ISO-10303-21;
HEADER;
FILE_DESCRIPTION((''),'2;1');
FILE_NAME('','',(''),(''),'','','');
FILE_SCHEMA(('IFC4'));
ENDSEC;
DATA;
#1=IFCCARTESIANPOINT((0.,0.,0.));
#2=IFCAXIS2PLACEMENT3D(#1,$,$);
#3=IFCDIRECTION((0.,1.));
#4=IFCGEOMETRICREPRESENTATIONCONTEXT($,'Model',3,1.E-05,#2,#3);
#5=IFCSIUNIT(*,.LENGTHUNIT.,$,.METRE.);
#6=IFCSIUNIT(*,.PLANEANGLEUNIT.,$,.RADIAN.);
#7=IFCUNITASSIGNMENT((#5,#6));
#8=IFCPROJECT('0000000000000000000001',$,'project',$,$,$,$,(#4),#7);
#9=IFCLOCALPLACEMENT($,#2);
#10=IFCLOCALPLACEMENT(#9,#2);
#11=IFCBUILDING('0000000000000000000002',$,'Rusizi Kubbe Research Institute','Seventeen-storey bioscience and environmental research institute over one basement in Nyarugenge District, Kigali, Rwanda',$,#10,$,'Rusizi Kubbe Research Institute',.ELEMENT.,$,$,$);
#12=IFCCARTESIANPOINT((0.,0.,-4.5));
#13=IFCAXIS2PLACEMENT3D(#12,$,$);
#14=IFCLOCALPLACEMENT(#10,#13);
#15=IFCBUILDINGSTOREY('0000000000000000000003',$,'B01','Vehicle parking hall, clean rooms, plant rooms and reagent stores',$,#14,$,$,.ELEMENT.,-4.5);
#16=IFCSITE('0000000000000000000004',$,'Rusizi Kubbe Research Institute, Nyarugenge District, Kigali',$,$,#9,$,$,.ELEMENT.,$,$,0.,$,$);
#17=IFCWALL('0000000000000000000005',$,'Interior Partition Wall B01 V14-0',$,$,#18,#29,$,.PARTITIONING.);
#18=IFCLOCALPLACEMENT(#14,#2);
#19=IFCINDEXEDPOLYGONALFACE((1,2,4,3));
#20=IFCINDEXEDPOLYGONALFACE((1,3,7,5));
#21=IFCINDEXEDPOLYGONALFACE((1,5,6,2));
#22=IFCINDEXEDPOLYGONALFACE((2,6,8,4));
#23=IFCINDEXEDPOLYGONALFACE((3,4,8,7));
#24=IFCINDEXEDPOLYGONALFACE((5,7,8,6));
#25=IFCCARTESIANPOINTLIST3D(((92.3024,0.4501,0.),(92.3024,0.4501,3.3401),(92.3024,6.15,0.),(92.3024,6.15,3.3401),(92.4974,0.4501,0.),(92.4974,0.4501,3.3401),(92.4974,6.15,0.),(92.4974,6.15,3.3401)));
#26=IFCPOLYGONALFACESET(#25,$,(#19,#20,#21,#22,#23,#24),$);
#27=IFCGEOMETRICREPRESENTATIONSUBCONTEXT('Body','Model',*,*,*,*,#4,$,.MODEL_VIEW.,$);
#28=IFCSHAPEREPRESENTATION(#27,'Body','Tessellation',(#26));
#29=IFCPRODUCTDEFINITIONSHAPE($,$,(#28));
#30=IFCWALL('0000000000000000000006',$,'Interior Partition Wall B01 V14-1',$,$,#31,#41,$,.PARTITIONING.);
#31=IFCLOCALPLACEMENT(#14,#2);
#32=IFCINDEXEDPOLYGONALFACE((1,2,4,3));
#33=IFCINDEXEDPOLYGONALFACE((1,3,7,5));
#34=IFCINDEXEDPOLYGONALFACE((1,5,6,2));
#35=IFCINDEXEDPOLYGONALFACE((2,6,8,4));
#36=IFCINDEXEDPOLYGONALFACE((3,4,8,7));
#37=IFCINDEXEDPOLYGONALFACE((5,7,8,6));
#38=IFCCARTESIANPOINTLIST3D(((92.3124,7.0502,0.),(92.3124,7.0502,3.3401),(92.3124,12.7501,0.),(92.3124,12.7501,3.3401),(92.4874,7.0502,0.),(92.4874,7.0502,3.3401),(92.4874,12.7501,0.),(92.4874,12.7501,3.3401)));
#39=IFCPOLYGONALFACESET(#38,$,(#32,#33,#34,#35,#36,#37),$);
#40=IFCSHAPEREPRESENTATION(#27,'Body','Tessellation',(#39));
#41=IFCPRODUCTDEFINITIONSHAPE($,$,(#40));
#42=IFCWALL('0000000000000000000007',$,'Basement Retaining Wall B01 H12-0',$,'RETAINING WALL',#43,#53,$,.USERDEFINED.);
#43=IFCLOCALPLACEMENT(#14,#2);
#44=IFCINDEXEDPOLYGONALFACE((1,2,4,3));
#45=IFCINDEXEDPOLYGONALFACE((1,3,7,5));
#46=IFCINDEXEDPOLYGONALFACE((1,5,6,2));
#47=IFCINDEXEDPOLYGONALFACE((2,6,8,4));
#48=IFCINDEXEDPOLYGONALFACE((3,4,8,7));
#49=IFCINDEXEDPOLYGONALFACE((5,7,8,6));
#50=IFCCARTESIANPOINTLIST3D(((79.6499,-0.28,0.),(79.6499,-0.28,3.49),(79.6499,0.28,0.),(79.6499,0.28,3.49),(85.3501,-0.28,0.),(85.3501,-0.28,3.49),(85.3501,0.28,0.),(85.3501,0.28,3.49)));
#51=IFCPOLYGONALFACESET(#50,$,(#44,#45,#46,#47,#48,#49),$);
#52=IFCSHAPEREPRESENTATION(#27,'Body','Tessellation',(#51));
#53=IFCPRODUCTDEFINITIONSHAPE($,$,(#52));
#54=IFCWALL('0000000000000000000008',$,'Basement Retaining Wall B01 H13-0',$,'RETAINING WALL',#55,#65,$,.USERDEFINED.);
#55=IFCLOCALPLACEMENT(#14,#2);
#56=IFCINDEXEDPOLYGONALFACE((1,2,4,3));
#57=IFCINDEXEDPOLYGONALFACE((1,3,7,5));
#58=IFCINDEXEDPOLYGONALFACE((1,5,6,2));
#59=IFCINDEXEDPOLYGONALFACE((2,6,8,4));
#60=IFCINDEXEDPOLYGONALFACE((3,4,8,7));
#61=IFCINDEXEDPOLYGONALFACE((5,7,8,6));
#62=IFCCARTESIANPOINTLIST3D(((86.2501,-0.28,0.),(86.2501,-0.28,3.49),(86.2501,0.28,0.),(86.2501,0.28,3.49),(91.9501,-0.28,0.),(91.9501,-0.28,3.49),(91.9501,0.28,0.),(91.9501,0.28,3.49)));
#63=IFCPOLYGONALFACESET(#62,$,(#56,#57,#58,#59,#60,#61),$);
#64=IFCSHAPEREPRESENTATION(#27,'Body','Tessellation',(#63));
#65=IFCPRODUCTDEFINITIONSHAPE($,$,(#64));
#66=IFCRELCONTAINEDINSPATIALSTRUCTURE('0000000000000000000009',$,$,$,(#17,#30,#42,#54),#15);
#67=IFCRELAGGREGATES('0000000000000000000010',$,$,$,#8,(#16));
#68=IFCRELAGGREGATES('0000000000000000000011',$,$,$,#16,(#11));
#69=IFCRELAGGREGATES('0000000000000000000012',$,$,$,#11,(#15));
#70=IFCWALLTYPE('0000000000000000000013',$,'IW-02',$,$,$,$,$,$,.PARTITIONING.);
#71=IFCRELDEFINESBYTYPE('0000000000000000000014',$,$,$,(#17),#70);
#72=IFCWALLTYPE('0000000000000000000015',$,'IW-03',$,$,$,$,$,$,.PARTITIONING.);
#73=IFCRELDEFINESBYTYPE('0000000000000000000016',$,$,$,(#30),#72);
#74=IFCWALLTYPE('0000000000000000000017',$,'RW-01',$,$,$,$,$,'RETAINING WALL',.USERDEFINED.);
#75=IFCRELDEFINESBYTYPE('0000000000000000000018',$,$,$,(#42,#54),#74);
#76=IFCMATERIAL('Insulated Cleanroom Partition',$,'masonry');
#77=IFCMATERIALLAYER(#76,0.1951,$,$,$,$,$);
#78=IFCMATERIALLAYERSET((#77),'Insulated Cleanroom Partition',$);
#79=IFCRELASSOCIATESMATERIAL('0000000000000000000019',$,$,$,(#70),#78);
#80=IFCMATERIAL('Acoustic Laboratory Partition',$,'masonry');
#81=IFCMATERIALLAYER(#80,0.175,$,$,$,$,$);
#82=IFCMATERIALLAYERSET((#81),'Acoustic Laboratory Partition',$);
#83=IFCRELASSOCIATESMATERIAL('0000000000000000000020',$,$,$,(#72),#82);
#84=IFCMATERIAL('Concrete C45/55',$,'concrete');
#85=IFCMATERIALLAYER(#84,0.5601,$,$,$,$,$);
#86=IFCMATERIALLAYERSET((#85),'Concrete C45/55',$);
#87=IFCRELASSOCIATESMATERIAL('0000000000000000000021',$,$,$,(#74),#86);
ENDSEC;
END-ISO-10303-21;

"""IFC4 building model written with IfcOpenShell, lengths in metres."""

from ifc_helpers import new_model, si_unit, direction, frame, frame_2d, origin, place, context, subcontext, project, spatial, rectangle, extrude, material, layer, layer_set, type_object, element, save


model = new_model("IFC4")

# Units and contexts
model_context = context("Model", 3, precision=1e-05, world=origin(), true_north=direction((0.0, 1.0)))
body_context = subcontext(model_context, "Body", "Model", "MODEL_VIEW")
ifc_project = project(units=[si_unit("LENGTHUNIT", "METRE"), si_unit("PLANEANGLEUNIT", "RADIAN")], contexts=[model_context])

# Site, building, storey
site_placement = place(None, origin())
site = spatial("IfcSite", under=ifc_project, at=site_placement, Name="Rusizi Kubbe Research Institute, Nyarugenge District, Kigali", CompositionType="ELEMENT", RefElevation=0.0)
building_placement = place(site_placement, origin())
building = spatial("IfcBuilding", under=site, at=building_placement, Name="Rusizi Kubbe Research Institute", Description="Seventeen-storey bioscience and environmental research institute over one basement in Nyarugenge District, Kigali, Rwanda", LongName="Rusizi Kubbe Research Institute", CompositionType="ELEMENT")
storey_placement = place(building_placement, frame((0.0, 0.0, -4.5)))
storey = spatial("IfcBuildingStorey", under=building, at=storey_placement, Name="B01", Description="Vehicle parking hall, clean rooms, plant rooms and reagent stores", CompositionType="ELEMENT", Elevation=-4.5)

# Walls
ifc_material_1 = material(Name="Insulated Cleanroom Partition", Category="masonry")
ifc_layer_1 = layer(ifc_material_1, 0.1951)
ifc_layer_set_1 = layer_set([ifc_layer_1], Name="Insulated Cleanroom Partition")
wall_type_1 = type_object("IfcWallType", Name="IW-02", PredefinedType="PARTITIONING", material=ifc_layer_set_1)
wall_1_placement = place(storey_placement, frame((92.3999, 0.45, 0.0), z_axis=(0.0, 0.0, 1.0), x_axis=(0.0, 1.0, 0.0)))
element("IfcWall", 1, at=wall_1_placement, inside=storey, type_object=wall_type_1, Name="Interior Partition Wall B01 V14-0", PredefinedType="PARTITIONING", context=body_context, shape_type="SweptSolid", body=[
    extrude(rectangle(XDim=5.7, YDim=0.1951, at=frame_2d((2.8501, 0.0))), origin(), (0.0, 0.0, 1.0), 3.3401),
])
ifc_material_2 = material(Name="Acoustic Laboratory Partition", Category="masonry")
ifc_layer_2 = layer(ifc_material_2, 0.175)
ifc_layer_set_2 = layer_set([ifc_layer_2], Name="Acoustic Laboratory Partition")
wall_type_2 = type_object("IfcWallType", Name="IW-03", PredefinedType="PARTITIONING", material=ifc_layer_set_2)
wall_2_placement = place(storey_placement, frame((92.3999, 7.05, 0.0), z_axis=(0.0, 0.0, 1.0), x_axis=(0.0, 1.0, 0.0)))
element("IfcWall", 2, at=wall_2_placement, inside=storey, type_object=wall_type_2, Name="Interior Partition Wall B01 V14-1", PredefinedType="PARTITIONING", context=body_context, shape_type="SweptSolid", body=[
    extrude(rectangle(XDim=5.7, YDim=0.175, at=frame_2d((2.8501, 0.0))), origin(), (0.0, 0.0, 1.0), 3.3401),
])
ifc_material_3 = material(Name="Concrete C45/55", Category="concrete")
ifc_layer_3 = layer(ifc_material_3, 0.5601)
ifc_layer_set_3 = layer_set([ifc_layer_3], Name="Concrete C45/55")
wall_type_3 = type_object("IfcWallType", Name="RW-01", ElementType="RETAINING WALL", PredefinedType="USERDEFINED", material=ifc_layer_set_3)
wall_3_placement = place(storey_placement, frame((79.6499, 0.0, 0.0), z_axis=(0.0, 0.0, 1.0), x_axis=(1.0, 0.0, 0.0)))
element("IfcWall", 3, at=wall_3_placement, inside=storey, type_object=wall_type_3, Name="Basement Retaining Wall B01 H12-0", ObjectType="RETAINING WALL", PredefinedType="USERDEFINED", context=body_context, shape_type="SweptSolid", body=[
    extrude(rectangle(XDim=5.7002, YDim=0.5601, at=frame_2d((2.8501, 0.0))), origin(), (0.0, 0.0, 1.0), 3.49),
])
wall_4_placement = place(storey_placement, frame((86.25, 0.0, 0.0), z_axis=(0.0, 0.0, 1.0), x_axis=(1.0, 0.0, 0.0)))
element("IfcWall", 4, at=wall_4_placement, inside=storey, type_object=wall_type_3, Name="Basement Retaining Wall B01 H13-0", ObjectType="RETAINING WALL", PredefinedType="USERDEFINED", context=body_context, shape_type="SweptSolid", body=[
    extrude(rectangle(XDim=5.7, YDim=0.5601, at=frame_2d((2.8501, 0.0))), origin(), (0.0, 0.0, 1.0), 3.49),
])

save(model, "model.ifc")
